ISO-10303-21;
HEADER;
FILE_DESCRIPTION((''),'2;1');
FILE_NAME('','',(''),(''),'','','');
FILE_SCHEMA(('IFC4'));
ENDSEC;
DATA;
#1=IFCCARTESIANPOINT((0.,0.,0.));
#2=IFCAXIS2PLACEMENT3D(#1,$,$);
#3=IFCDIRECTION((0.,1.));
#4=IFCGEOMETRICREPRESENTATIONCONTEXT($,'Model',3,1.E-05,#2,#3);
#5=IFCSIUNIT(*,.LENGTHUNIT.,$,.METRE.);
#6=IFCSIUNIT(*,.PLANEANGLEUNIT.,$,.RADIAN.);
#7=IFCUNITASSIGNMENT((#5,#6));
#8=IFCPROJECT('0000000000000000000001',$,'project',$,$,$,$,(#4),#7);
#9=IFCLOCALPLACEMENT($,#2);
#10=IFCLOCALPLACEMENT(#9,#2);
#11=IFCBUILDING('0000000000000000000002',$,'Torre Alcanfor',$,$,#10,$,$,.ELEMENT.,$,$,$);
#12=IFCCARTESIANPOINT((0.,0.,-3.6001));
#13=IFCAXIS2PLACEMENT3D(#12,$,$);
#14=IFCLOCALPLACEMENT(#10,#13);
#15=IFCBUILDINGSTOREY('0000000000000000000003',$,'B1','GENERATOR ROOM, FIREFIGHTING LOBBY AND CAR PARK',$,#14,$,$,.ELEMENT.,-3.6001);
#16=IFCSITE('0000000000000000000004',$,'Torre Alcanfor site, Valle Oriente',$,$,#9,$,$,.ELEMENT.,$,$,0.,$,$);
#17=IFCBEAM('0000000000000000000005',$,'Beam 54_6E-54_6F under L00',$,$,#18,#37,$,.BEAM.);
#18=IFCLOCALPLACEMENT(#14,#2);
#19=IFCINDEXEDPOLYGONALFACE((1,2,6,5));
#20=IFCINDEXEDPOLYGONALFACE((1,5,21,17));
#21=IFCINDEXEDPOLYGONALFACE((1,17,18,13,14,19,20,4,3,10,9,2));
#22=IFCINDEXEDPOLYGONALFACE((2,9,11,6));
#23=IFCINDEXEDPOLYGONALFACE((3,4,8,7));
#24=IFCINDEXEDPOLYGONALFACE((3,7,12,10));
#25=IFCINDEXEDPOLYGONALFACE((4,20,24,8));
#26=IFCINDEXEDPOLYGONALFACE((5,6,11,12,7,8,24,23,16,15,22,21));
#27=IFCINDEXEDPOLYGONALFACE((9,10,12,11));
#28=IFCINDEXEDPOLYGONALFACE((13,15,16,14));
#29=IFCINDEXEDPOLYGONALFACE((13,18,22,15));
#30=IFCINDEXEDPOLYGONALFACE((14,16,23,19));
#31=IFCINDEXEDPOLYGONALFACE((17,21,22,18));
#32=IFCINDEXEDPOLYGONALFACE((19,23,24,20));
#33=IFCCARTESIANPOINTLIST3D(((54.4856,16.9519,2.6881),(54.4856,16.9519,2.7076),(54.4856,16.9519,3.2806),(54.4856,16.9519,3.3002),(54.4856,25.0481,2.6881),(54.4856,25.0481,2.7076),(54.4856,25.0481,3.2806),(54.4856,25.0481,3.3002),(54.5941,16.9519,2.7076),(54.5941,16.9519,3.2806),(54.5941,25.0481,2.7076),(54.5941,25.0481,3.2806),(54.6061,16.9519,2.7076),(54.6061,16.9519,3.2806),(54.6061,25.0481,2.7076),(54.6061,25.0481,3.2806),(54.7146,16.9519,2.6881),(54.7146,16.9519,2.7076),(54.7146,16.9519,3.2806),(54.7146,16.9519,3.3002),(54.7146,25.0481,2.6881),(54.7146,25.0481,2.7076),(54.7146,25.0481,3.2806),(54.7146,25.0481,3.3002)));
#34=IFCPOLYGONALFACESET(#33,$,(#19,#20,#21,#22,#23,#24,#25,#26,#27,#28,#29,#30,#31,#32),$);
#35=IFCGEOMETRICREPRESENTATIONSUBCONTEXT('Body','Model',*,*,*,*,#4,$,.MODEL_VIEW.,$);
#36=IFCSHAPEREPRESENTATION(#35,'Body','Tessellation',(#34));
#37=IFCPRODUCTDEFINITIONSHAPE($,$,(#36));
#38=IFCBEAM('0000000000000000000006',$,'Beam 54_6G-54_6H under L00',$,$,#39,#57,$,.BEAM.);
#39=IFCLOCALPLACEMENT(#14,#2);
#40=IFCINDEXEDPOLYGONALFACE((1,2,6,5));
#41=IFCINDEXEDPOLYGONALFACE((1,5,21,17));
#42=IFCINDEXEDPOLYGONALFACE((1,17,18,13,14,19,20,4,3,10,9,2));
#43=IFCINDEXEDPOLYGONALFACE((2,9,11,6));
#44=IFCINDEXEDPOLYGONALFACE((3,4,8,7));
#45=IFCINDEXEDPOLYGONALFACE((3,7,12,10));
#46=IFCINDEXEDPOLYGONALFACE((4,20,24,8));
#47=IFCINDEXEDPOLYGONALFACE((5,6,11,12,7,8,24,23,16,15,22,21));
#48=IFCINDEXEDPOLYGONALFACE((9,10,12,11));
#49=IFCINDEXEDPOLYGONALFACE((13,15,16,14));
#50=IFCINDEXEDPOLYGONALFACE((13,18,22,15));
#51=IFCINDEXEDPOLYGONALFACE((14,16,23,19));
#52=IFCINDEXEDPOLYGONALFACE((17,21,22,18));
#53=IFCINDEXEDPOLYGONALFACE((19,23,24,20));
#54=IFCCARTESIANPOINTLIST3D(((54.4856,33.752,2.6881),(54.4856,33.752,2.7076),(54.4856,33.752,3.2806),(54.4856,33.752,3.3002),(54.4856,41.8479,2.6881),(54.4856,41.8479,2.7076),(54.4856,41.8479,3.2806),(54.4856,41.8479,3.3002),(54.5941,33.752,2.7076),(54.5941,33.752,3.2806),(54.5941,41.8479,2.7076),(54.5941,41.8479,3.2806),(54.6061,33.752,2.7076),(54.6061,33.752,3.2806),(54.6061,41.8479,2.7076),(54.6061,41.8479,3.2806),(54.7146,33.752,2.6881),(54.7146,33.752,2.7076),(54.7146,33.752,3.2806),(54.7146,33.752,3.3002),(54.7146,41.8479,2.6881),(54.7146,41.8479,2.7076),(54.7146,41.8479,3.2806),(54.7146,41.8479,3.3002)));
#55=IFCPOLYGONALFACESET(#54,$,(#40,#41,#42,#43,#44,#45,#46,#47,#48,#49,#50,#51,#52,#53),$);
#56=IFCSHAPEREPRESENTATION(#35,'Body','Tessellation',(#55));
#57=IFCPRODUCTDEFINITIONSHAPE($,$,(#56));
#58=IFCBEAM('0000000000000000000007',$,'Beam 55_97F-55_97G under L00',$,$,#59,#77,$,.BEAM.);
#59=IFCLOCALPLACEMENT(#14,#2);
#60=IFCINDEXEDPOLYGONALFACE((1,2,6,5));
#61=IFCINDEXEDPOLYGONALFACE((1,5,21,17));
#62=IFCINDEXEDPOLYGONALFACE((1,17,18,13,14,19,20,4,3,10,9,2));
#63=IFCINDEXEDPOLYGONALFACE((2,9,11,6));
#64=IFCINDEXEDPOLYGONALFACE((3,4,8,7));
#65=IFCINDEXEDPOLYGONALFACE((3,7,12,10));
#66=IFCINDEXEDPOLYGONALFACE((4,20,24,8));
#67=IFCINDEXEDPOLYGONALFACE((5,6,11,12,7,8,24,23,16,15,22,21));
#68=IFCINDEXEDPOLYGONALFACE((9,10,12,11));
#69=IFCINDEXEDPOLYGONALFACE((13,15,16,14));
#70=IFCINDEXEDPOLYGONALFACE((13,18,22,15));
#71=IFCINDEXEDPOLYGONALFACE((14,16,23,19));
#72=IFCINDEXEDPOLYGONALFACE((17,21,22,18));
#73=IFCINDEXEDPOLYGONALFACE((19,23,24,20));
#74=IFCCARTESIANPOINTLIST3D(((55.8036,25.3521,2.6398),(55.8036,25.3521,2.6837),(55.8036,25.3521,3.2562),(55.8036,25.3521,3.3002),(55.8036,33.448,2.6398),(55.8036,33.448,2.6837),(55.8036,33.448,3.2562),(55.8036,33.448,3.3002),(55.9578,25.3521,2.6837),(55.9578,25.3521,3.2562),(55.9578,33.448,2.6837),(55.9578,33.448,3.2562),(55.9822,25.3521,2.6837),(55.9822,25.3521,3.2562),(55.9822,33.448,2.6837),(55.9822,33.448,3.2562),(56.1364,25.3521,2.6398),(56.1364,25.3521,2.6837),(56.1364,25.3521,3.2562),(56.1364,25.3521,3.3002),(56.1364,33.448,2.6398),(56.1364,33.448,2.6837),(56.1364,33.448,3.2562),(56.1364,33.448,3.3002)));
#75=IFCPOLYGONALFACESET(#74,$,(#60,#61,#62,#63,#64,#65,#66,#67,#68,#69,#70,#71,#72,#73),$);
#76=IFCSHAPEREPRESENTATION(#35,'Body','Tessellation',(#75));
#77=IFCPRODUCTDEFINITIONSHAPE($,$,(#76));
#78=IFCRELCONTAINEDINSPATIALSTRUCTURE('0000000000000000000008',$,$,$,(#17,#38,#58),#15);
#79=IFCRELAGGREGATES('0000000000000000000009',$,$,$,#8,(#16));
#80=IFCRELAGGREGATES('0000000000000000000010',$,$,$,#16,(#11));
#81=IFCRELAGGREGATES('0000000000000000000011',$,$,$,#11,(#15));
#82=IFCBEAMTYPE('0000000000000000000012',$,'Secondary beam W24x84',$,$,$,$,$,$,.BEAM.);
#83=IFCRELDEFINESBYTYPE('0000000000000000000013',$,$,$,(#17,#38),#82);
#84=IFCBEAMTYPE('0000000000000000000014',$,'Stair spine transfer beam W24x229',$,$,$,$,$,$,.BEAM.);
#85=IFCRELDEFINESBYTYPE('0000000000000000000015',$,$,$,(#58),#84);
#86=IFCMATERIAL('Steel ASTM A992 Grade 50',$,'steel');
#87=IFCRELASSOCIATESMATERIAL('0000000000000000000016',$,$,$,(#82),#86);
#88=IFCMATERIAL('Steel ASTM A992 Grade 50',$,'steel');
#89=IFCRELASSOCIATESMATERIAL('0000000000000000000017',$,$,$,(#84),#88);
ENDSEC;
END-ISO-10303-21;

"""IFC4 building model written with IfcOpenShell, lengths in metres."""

from ifc_helpers import new_model, si_unit, direction, frame, origin, origin_2d, place, context, subcontext, project, spatial, i_section, extrude, material, material_profile, profile_set, type_object, element, save


model = new_model("IFC4")

# Units and contexts
model_context = context("Model", 3, precision=1e-05, world=origin(), true_north=direction((0.0, 1.0)))
body_context = subcontext(model_context, "Body", "Model", "MODEL_VIEW")
ifc_project = project(units=[si_unit("LENGTHUNIT", "METRE"), si_unit("PLANEANGLEUNIT", "RADIAN")], contexts=[model_context])

# Site, building, storey
site_placement = place(None, origin())
site = spatial("IfcSite", under=ifc_project, at=site_placement, Name="Torre Alcanfor site, Valle Oriente", CompositionType="ELEMENT", RefElevation=0.0)
building_placement = place(site_placement, origin())
building = spatial("IfcBuilding", under=site, at=building_placement, Name="Torre Alcanfor", CompositionType="ELEMENT")
storey_placement = place(building_placement, frame((0.0, 0.0, -3.6001)))
storey = spatial("IfcBuildingStorey", under=building, at=storey_placement, Name="B1", Description="GENERATOR ROOM, FIREFIGHTING LOBBY AND CAR PARK", CompositionType="ELEMENT", Elevation=-3.6001)

# Beams
ifc_material_1 = material(Name="Steel ASTM A992 Grade 50", Category="steel")
ifc_material_profile_1 = material_profile(ifc_material_1, i_section(OverallWidth=0.229, OverallDepth=0.6121, WebThickness=0.012, FlangeThickness=0.0195, at=origin_2d()), Name="W24x84")
ifc_profile_set_1 = profile_set([ifc_material_profile_1], Name="Steel ASTM A992 Grade 50")
beam_type_1 = type_object("IfcBeamType", Name="Secondary beam W24x84", PredefinedType="BEAM", material=ifc_profile_set_1)
beam_1_placement = place(storey_placement, frame((54.6001, 16.9519, 2.9941), z_axis=(0.0, 1.0, 0.0), x_axis=(-1.0, 0.0, 0.0)))
element("IfcBeam", 1, at=beam_1_placement, inside=storey, type_object=beam_type_1, Name="Beam 54_6E-54_6F under L00", PredefinedType="BEAM", context=body_context, shape_type="SweptSolid", body=[
    extrude(i_section(OverallWidth=0.229, OverallDepth=0.6121, WebThickness=0.012, FlangeThickness=0.0195, at=origin_2d()), origin(), (0.0, 0.0, 1.0), 8.0962),
])
beam_2_placement = place(storey_placement, frame((54.6001, 33.752, 2.9941), z_axis=(0.0, 1.0, 0.0), x_axis=(-1.0, 0.0, 0.0)))
element("IfcBeam", 2, at=beam_2_placement, inside=storey, type_object=beam_type_1, Name="Beam 54_6G-54_6H under L00", PredefinedType="BEAM", context=body_context, shape_type="SweptSolid", body=[
    extrude(i_section(OverallWidth=0.229, OverallDepth=0.6121, WebThickness=0.012, FlangeThickness=0.0195, at=origin_2d()), origin(), (0.0, 0.0, 1.0), 8.0959),
])
ifc_material_2 = material(Name="Steel ASTM A992 Grade 50", Category="steel")
ifc_material_profile_2 = material_profile(ifc_material_2, i_section(OverallWidth=0.3328, OverallDepth=0.6604, WebThickness=0.0244, FlangeThickness=0.0439, at=origin_2d()), Name="W24x229")
ifc_profile_set_2 = profile_set([ifc_material_profile_2], Name="Steel ASTM A992 Grade 50")
beam_type_2 = type_object("IfcBeamType", Name="Stair spine transfer beam W24x229", PredefinedType="BEAM", material=ifc_profile_set_2)
beam_3_placement = place(storey_placement, frame((55.97, 25.3521, 2.97), z_axis=(0.0, 1.0, 0.0), x_axis=(-1.0, 0.0, 0.0)))
element("IfcBeam", 3, at=beam_3_placement, inside=storey, type_object=beam_type_2, Name="Beam 55_97F-55_97G under L00", PredefinedType="BEAM", context=body_context, shape_type="SweptSolid", body=[
    extrude(i_section(OverallWidth=0.3328, OverallDepth=0.6604, WebThickness=0.0244, FlangeThickness=0.0439, at=origin_2d()), origin(), (0.0, 0.0, 1.0), 8.0959),
])

save(model, "model.ifc")
